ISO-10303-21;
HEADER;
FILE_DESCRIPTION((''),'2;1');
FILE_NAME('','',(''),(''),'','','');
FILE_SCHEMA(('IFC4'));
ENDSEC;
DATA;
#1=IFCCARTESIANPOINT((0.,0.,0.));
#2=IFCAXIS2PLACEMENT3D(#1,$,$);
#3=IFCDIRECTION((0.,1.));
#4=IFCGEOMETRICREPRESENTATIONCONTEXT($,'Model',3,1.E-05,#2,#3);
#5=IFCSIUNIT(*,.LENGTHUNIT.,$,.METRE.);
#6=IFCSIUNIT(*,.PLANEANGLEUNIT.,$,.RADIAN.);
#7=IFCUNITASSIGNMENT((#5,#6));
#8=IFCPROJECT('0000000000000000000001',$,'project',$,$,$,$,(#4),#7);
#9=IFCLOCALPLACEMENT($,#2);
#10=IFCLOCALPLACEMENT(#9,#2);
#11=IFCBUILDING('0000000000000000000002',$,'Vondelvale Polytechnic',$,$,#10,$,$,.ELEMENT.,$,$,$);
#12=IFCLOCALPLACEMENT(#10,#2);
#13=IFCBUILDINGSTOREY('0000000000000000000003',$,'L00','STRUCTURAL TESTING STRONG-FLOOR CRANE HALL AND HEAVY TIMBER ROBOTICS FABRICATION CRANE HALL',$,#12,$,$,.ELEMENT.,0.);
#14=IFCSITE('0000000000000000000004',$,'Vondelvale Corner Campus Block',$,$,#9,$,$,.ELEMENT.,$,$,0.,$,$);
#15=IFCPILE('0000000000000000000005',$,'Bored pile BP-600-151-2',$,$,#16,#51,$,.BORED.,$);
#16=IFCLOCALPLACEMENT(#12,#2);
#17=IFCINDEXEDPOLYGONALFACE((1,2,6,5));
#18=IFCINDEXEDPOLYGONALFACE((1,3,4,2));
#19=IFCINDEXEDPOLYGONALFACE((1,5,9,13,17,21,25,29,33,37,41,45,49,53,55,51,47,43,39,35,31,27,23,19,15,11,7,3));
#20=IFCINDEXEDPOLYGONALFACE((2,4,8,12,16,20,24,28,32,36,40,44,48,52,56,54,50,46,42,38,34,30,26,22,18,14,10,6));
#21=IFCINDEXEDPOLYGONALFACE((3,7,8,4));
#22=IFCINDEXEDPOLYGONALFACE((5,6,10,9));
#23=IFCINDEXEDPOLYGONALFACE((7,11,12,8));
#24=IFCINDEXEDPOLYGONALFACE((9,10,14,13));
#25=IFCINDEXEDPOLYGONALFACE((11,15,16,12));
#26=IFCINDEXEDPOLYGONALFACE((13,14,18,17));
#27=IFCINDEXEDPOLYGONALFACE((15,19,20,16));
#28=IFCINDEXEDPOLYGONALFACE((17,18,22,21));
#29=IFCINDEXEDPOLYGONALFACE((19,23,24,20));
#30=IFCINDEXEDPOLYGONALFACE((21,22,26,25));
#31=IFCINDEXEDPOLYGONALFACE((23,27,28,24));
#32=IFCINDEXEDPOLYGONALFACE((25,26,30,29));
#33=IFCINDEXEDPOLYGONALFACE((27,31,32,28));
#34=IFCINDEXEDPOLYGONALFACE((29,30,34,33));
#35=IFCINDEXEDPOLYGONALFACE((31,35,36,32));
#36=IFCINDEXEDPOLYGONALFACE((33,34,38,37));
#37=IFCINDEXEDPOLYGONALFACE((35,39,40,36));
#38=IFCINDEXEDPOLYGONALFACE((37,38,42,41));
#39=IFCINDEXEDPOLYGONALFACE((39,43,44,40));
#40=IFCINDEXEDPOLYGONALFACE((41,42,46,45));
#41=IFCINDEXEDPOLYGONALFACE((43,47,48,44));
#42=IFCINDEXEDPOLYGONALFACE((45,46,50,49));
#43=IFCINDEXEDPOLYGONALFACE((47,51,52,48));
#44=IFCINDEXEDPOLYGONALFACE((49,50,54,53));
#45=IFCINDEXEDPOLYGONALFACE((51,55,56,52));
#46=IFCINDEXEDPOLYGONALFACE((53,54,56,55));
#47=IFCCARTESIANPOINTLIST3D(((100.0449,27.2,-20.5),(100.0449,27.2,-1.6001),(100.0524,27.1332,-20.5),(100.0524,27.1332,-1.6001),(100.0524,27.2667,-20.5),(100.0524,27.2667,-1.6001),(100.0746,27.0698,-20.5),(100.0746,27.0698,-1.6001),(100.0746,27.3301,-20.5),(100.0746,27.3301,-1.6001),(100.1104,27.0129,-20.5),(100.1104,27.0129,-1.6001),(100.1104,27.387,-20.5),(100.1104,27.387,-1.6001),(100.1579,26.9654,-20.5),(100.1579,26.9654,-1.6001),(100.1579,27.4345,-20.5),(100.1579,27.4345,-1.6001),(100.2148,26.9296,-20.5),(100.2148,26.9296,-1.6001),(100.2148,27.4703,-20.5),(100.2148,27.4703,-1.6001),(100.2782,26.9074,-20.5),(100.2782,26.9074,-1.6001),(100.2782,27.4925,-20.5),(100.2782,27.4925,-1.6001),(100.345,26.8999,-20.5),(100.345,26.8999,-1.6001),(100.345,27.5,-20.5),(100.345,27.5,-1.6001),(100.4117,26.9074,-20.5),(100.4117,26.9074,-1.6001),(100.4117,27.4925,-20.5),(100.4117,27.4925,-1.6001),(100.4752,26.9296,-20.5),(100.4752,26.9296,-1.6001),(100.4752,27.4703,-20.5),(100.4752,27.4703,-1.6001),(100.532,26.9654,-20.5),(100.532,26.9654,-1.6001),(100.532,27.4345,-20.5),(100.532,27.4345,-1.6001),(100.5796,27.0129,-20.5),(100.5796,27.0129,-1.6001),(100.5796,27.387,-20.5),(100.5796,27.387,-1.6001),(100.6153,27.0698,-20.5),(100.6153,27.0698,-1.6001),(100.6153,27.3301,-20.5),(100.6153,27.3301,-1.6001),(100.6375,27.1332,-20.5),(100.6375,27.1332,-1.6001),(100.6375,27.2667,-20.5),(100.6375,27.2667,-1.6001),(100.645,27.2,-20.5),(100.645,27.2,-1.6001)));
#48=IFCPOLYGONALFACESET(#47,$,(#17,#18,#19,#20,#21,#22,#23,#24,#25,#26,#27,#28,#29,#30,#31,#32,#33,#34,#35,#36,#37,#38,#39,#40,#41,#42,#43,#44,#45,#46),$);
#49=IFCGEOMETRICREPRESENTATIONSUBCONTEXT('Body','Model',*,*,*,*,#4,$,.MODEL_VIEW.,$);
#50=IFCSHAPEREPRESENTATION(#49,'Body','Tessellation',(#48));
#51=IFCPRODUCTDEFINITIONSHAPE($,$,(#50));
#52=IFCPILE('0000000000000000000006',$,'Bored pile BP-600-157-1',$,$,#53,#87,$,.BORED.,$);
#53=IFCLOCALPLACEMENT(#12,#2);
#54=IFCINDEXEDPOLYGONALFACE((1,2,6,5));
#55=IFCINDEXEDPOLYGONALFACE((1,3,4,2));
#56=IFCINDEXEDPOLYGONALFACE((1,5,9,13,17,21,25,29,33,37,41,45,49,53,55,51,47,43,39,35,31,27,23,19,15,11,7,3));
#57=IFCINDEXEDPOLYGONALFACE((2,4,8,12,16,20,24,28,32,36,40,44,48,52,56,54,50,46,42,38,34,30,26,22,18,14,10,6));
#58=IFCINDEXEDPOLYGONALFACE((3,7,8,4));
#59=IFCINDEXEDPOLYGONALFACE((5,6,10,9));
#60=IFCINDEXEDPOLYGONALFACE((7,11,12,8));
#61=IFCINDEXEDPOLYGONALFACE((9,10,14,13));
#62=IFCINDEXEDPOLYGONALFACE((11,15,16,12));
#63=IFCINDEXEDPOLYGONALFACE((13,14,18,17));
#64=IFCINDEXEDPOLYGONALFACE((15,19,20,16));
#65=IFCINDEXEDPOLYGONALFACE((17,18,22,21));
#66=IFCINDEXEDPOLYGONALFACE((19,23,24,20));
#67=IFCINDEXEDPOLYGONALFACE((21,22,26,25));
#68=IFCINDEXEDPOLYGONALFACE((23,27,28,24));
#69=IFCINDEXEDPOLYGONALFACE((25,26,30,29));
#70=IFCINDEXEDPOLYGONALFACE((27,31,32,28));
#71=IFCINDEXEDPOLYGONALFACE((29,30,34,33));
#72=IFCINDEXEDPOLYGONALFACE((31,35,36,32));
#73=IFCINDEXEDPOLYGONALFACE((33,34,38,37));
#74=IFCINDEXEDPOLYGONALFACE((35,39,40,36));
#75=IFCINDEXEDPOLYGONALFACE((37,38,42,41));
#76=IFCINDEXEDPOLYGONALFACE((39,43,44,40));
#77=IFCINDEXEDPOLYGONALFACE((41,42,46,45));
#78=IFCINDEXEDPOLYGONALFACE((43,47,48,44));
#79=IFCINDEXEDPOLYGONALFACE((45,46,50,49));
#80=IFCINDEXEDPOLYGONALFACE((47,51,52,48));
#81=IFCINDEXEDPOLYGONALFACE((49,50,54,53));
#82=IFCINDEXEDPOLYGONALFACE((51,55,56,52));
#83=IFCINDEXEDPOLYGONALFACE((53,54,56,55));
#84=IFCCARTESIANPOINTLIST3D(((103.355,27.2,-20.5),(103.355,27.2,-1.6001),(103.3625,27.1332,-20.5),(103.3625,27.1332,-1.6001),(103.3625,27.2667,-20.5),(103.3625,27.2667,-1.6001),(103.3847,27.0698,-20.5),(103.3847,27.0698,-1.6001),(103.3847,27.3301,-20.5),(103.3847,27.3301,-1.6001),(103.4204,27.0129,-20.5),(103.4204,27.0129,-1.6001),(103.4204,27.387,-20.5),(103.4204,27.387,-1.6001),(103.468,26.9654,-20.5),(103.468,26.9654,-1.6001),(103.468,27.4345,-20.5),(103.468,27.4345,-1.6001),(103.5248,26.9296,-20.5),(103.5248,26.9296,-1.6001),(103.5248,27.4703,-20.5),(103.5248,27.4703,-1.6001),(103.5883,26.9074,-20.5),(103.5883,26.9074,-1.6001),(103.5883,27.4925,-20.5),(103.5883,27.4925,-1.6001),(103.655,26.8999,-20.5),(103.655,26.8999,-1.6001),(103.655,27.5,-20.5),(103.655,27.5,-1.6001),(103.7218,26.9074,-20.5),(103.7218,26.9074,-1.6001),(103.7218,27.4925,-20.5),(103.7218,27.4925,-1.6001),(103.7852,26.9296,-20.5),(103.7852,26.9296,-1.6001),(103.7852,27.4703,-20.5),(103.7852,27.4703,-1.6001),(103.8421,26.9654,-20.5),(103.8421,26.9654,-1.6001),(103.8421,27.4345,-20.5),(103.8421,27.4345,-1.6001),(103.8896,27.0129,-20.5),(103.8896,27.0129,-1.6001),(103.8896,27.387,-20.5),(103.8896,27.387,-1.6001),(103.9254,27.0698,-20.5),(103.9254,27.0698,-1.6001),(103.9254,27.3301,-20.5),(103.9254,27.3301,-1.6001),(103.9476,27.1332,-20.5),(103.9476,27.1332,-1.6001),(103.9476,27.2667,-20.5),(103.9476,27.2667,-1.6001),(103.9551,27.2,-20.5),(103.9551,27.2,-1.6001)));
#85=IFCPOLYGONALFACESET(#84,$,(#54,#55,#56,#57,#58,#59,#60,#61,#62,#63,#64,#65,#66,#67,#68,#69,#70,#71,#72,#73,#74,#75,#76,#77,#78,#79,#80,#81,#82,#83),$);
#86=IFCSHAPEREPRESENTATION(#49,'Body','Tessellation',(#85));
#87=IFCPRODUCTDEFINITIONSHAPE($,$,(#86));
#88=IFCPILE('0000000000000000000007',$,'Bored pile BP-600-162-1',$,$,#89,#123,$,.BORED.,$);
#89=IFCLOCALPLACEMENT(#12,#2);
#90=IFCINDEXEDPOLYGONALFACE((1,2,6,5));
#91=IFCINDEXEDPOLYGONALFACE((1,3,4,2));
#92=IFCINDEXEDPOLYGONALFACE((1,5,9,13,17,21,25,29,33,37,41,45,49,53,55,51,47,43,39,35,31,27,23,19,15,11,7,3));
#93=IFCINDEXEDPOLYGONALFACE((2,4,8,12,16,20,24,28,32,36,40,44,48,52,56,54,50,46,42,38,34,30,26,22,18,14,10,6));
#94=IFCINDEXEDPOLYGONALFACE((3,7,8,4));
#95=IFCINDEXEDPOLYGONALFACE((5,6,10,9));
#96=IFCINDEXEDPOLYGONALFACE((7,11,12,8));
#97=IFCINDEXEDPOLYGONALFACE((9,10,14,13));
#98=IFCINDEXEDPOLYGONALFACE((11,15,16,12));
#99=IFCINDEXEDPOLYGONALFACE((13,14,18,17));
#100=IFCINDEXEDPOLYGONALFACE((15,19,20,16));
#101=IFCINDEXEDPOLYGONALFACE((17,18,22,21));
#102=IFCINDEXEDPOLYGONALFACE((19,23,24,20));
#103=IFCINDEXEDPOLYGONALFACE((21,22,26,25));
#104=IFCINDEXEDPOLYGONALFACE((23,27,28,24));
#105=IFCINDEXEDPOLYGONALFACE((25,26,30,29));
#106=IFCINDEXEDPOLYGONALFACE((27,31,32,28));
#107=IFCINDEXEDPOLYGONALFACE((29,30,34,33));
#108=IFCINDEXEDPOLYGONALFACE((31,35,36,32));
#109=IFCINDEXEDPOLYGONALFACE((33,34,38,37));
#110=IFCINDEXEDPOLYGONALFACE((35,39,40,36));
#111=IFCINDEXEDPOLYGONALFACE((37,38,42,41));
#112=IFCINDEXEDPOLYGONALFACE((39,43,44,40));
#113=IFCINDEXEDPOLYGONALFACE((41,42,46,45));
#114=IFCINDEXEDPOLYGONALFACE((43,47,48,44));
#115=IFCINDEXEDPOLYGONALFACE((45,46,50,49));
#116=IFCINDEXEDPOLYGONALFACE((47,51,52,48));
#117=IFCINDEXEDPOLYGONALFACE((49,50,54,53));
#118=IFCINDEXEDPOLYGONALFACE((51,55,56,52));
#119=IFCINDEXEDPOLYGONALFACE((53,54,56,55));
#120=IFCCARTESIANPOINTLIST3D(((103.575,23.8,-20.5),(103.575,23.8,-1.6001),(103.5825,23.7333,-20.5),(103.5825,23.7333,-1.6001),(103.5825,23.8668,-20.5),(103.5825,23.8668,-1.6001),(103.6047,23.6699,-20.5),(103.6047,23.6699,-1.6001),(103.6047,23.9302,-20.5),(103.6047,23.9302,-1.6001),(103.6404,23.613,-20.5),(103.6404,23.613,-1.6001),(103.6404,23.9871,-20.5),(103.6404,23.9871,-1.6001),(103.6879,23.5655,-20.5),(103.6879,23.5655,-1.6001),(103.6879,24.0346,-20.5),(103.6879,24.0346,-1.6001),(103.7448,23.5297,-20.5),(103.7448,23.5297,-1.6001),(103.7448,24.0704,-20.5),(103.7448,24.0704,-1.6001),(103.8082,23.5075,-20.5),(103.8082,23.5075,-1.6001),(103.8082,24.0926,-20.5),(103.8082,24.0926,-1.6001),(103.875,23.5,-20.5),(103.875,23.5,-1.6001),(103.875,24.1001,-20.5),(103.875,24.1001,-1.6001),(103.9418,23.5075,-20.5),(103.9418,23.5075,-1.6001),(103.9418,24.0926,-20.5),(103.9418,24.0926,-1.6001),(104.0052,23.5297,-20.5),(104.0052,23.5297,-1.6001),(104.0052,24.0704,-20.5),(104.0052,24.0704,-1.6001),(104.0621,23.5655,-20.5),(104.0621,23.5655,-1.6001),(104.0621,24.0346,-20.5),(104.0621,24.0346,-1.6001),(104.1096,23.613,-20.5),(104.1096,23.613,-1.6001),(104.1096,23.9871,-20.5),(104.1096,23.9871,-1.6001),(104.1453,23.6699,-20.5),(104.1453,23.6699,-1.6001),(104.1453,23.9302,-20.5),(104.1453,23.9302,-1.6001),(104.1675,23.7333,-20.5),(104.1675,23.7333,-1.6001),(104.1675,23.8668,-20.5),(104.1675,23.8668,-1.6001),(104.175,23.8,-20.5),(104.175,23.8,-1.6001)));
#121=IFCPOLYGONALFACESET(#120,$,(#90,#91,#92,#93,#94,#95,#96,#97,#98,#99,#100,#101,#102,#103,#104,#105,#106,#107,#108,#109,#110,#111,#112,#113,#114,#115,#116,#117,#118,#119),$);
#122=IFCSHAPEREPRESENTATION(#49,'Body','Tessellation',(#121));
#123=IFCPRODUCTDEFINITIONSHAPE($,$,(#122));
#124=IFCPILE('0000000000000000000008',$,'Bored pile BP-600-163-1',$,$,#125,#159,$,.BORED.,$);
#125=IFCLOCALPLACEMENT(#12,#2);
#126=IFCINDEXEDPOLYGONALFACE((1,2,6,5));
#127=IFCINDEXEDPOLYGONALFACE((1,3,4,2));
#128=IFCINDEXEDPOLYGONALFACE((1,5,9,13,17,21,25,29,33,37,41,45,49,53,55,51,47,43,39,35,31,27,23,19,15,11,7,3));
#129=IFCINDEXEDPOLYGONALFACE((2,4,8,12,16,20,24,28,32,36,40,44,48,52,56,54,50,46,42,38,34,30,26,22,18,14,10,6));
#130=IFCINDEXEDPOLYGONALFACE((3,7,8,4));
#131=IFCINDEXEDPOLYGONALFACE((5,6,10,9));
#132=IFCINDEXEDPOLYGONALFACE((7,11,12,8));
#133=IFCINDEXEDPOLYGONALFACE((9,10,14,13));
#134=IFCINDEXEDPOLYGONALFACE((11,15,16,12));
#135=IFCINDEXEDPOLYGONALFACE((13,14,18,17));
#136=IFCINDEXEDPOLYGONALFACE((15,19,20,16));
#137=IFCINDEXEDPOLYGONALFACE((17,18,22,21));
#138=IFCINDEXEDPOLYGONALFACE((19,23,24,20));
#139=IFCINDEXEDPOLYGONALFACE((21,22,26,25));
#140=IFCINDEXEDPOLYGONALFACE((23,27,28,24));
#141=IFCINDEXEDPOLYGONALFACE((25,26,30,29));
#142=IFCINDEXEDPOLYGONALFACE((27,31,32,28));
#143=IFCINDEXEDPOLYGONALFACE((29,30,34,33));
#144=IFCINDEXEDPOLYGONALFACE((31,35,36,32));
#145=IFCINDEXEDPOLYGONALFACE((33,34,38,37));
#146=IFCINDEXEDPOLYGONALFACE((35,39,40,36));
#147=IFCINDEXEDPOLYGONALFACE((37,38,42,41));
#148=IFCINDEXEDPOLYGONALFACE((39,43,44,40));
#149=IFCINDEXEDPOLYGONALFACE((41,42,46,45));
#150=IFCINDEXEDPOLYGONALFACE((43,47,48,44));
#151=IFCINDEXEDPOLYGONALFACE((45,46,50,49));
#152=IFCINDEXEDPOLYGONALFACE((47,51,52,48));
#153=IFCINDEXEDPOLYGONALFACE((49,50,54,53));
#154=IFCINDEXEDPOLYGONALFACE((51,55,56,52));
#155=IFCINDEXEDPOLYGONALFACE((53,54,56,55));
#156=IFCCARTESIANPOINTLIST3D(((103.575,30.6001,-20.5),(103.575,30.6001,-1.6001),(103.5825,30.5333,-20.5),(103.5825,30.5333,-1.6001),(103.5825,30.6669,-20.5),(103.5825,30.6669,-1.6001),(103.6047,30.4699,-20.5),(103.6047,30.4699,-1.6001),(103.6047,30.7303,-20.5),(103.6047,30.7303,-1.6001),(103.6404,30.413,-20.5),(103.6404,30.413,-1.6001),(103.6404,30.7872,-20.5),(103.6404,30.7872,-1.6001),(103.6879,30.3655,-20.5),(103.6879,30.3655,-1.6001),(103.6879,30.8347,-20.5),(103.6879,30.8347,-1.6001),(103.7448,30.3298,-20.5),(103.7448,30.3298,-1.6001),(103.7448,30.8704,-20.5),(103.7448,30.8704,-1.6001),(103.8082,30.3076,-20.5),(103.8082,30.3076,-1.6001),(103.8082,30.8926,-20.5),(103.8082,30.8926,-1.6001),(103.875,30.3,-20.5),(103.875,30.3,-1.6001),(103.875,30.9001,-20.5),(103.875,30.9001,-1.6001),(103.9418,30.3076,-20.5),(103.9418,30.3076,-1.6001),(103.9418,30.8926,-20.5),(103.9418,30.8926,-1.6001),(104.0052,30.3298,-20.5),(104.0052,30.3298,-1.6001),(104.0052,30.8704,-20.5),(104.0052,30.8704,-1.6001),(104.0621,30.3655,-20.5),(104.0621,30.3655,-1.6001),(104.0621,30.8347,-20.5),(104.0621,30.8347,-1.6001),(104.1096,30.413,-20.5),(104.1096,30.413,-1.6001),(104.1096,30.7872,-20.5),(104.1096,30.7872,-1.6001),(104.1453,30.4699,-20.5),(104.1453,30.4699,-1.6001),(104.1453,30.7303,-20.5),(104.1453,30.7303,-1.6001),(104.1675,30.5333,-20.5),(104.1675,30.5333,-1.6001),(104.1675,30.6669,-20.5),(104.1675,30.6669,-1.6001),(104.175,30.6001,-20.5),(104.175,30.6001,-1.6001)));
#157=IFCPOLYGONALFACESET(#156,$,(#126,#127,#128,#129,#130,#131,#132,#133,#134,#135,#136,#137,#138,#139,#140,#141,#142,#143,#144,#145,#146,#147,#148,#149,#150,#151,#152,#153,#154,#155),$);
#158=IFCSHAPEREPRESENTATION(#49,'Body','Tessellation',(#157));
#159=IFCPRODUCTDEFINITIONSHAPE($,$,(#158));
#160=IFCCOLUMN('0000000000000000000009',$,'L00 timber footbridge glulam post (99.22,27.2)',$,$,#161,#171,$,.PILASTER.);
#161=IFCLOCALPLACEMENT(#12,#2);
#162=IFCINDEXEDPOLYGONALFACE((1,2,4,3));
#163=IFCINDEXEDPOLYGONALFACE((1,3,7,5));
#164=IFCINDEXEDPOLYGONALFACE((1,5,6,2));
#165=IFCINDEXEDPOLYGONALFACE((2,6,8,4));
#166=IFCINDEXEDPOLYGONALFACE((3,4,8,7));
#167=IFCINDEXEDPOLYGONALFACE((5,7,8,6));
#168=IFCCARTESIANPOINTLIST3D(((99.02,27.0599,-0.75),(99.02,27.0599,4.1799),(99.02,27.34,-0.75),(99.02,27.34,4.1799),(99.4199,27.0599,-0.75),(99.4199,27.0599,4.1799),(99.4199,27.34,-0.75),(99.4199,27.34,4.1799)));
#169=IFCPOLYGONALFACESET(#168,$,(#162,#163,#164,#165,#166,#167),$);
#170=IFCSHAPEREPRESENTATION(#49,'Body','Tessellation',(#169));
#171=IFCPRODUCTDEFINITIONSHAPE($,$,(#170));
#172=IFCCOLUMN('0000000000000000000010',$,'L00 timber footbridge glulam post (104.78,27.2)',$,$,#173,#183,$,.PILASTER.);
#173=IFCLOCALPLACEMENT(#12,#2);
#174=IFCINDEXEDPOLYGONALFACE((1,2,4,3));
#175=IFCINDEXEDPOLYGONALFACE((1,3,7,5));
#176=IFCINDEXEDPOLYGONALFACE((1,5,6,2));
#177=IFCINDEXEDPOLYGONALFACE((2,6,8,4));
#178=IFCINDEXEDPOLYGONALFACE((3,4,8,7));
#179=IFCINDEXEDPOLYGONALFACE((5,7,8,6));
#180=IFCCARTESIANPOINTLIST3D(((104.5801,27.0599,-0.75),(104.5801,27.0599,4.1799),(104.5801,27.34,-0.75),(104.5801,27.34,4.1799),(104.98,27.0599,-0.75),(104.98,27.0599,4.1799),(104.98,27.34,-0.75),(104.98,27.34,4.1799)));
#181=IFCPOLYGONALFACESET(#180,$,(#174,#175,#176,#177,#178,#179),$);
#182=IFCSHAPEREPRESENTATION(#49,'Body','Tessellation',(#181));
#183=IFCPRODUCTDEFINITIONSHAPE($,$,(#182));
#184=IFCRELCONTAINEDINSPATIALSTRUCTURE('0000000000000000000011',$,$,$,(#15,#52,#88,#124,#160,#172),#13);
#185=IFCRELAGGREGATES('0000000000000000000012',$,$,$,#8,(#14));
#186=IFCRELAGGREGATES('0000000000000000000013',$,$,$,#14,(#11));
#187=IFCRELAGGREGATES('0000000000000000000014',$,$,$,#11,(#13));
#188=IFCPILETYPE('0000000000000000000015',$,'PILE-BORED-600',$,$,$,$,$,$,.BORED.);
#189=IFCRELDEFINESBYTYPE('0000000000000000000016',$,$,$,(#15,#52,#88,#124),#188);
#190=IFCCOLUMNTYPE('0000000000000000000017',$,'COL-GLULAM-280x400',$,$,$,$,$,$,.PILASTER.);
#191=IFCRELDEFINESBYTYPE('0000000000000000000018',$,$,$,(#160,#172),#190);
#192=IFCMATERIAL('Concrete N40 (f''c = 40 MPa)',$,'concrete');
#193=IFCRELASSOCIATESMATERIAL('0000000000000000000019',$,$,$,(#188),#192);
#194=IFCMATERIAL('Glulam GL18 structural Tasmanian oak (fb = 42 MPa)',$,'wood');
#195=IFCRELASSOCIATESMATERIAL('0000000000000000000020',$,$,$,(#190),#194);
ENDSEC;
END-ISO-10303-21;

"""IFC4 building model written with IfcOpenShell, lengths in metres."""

from ifc_helpers import new_model, si_unit, direction, frame, origin, origin_2d, place, context, subcontext, project, spatial, rectangle, circle, extrude, material, material_profile, profile_set, type_object, element, save


model = new_model("IFC4")

# Units and contexts
model_context = context("Model", 3, precision=1e-05, world=origin(), true_north=direction((0.0, 1.0)))
body_context = subcontext(model_context, "Body", "Model", "MODEL_VIEW")
ifc_project = project(units=[si_unit("LENGTHUNIT", "METRE"), si_unit("PLANEANGLEUNIT", "RADIAN")], contexts=[model_context])

# Site, building, storey
site_placement = place(None, origin())
site = spatial("IfcSite", under=ifc_project, at=site_placement, Name="Vondelvale Corner Campus Block", CompositionType="ELEMENT", RefElevation=0.0)
building_placement = place(site_placement, origin())
building = spatial("IfcBuilding", under=site, at=building_placement, Name="Vondelvale Polytechnic", CompositionType="ELEMENT")
storey_placement = place(building_placement, origin())
storey = spatial("IfcBuildingStorey", under=building, at=storey_placement, Name="L00", Description="STRUCTURAL TESTING STRONG-FLOOR CRANE HALL AND HEAVY TIMBER ROBOTICS FABRICATION CRANE HALL", CompositionType="ELEMENT", Elevation=0.0)

# Shared definitions
ifc_material_1 = material(Name="Concrete N40 (f'c = 40 MPa)", Category="concrete")

# Piles
ifc_material_profile_1 = material_profile(ifc_material_1, circle(Radius=0.3, at=origin_2d()), Name="PILE-D600")
ifc_profile_set_1 = profile_set([ifc_material_profile_1], Name="Concrete N40 (f'c = 40 MPa)")
pile_type = type_object("IfcPileType", Name="PILE-BORED-600", PredefinedType="BORED", material=ifc_profile_set_1)
for number, where, z_axis, x_axis, name in (
    (1, (100.345, 27.2, -1.6001), (0.0, 0.0, -1.0), (1.0, 0.0, 0.0), "Bored pile BP-600-151-2"),
    (2, (103.655, 27.2, -1.6001), (0.0, 0.0, -1.0), (1.0, 0.0, 0.0), "Bored pile BP-600-157-1"),
    (3, (103.875, 23.8, -1.6001), (0.0, 0.0, -1.0), (1.0, 0.0, 0.0), "Bored pile BP-600-162-1"),
    (4, (103.875, 30.6001, -1.6001), (0.0, 0.0, -1.0), (1.0, 0.0, 0.0), "Bored pile BP-600-163-1"),
):
    element("IfcPile", number, at=place(storey_placement, frame(where, z_axis=z_axis, x_axis=x_axis)), inside=storey, type_object=pile_type, Name=name, PredefinedType="BORED", context=body_context, shape_type="SweptSolid", body=[
        extrude(circle(Radius=0.3, at=origin_2d()), origin(), (0.0, 0.0, 1.0), 18.8999),
    ])

# Columns
ifc_material_2 = material(Name="Glulam GL18 structural Tasmanian oak (fb = 42 MPa)", Category="wood")
ifc_material_profile_2 = material_profile(ifc_material_2, rectangle(XDim=0.28, YDim=0.3999, at=origin_2d()), Name="GL-POST-280x400")
ifc_profile_set_2 = profile_set([ifc_material_profile_2], Name="Glulam GL18 structural Tasmanian oak (fb = 42 MPa)")
column_type_1 = type_object("IfcColumnType", Name="COL-GLULAM-280x400", PredefinedType="PILASTER", material=ifc_profile_set_2)
for number, where, z_axis, x_axis, name in (
    (5, (99.22, 27.2, -0.75), (0.0, 0.0, 1.0), (0.0, 1.0, 0.0), "L00 timber footbridge glulam post (99.22,27.2)"),
    (6, (104.78, 27.2, -0.75), (0.0, 0.0, 1.0), (0.0, 1.0, 0.0), "L00 timber footbridge glulam post (104.78,27.2)"),
):
    element("IfcColumn", number, at=place(storey_placement, frame(where, z_axis=z_axis, x_axis=x_axis)), inside=storey, type_object=column_type_1, Name=name, PredefinedType="PILASTER", context=body_context, shape_type="SweptSolid", body=[
        extrude(rectangle(XDim=0.28, YDim=0.3999, at=origin_2d()), origin(), (0.0, 0.0, 1.0), 4.9299),
    ])

save(model, "model.ifc")
